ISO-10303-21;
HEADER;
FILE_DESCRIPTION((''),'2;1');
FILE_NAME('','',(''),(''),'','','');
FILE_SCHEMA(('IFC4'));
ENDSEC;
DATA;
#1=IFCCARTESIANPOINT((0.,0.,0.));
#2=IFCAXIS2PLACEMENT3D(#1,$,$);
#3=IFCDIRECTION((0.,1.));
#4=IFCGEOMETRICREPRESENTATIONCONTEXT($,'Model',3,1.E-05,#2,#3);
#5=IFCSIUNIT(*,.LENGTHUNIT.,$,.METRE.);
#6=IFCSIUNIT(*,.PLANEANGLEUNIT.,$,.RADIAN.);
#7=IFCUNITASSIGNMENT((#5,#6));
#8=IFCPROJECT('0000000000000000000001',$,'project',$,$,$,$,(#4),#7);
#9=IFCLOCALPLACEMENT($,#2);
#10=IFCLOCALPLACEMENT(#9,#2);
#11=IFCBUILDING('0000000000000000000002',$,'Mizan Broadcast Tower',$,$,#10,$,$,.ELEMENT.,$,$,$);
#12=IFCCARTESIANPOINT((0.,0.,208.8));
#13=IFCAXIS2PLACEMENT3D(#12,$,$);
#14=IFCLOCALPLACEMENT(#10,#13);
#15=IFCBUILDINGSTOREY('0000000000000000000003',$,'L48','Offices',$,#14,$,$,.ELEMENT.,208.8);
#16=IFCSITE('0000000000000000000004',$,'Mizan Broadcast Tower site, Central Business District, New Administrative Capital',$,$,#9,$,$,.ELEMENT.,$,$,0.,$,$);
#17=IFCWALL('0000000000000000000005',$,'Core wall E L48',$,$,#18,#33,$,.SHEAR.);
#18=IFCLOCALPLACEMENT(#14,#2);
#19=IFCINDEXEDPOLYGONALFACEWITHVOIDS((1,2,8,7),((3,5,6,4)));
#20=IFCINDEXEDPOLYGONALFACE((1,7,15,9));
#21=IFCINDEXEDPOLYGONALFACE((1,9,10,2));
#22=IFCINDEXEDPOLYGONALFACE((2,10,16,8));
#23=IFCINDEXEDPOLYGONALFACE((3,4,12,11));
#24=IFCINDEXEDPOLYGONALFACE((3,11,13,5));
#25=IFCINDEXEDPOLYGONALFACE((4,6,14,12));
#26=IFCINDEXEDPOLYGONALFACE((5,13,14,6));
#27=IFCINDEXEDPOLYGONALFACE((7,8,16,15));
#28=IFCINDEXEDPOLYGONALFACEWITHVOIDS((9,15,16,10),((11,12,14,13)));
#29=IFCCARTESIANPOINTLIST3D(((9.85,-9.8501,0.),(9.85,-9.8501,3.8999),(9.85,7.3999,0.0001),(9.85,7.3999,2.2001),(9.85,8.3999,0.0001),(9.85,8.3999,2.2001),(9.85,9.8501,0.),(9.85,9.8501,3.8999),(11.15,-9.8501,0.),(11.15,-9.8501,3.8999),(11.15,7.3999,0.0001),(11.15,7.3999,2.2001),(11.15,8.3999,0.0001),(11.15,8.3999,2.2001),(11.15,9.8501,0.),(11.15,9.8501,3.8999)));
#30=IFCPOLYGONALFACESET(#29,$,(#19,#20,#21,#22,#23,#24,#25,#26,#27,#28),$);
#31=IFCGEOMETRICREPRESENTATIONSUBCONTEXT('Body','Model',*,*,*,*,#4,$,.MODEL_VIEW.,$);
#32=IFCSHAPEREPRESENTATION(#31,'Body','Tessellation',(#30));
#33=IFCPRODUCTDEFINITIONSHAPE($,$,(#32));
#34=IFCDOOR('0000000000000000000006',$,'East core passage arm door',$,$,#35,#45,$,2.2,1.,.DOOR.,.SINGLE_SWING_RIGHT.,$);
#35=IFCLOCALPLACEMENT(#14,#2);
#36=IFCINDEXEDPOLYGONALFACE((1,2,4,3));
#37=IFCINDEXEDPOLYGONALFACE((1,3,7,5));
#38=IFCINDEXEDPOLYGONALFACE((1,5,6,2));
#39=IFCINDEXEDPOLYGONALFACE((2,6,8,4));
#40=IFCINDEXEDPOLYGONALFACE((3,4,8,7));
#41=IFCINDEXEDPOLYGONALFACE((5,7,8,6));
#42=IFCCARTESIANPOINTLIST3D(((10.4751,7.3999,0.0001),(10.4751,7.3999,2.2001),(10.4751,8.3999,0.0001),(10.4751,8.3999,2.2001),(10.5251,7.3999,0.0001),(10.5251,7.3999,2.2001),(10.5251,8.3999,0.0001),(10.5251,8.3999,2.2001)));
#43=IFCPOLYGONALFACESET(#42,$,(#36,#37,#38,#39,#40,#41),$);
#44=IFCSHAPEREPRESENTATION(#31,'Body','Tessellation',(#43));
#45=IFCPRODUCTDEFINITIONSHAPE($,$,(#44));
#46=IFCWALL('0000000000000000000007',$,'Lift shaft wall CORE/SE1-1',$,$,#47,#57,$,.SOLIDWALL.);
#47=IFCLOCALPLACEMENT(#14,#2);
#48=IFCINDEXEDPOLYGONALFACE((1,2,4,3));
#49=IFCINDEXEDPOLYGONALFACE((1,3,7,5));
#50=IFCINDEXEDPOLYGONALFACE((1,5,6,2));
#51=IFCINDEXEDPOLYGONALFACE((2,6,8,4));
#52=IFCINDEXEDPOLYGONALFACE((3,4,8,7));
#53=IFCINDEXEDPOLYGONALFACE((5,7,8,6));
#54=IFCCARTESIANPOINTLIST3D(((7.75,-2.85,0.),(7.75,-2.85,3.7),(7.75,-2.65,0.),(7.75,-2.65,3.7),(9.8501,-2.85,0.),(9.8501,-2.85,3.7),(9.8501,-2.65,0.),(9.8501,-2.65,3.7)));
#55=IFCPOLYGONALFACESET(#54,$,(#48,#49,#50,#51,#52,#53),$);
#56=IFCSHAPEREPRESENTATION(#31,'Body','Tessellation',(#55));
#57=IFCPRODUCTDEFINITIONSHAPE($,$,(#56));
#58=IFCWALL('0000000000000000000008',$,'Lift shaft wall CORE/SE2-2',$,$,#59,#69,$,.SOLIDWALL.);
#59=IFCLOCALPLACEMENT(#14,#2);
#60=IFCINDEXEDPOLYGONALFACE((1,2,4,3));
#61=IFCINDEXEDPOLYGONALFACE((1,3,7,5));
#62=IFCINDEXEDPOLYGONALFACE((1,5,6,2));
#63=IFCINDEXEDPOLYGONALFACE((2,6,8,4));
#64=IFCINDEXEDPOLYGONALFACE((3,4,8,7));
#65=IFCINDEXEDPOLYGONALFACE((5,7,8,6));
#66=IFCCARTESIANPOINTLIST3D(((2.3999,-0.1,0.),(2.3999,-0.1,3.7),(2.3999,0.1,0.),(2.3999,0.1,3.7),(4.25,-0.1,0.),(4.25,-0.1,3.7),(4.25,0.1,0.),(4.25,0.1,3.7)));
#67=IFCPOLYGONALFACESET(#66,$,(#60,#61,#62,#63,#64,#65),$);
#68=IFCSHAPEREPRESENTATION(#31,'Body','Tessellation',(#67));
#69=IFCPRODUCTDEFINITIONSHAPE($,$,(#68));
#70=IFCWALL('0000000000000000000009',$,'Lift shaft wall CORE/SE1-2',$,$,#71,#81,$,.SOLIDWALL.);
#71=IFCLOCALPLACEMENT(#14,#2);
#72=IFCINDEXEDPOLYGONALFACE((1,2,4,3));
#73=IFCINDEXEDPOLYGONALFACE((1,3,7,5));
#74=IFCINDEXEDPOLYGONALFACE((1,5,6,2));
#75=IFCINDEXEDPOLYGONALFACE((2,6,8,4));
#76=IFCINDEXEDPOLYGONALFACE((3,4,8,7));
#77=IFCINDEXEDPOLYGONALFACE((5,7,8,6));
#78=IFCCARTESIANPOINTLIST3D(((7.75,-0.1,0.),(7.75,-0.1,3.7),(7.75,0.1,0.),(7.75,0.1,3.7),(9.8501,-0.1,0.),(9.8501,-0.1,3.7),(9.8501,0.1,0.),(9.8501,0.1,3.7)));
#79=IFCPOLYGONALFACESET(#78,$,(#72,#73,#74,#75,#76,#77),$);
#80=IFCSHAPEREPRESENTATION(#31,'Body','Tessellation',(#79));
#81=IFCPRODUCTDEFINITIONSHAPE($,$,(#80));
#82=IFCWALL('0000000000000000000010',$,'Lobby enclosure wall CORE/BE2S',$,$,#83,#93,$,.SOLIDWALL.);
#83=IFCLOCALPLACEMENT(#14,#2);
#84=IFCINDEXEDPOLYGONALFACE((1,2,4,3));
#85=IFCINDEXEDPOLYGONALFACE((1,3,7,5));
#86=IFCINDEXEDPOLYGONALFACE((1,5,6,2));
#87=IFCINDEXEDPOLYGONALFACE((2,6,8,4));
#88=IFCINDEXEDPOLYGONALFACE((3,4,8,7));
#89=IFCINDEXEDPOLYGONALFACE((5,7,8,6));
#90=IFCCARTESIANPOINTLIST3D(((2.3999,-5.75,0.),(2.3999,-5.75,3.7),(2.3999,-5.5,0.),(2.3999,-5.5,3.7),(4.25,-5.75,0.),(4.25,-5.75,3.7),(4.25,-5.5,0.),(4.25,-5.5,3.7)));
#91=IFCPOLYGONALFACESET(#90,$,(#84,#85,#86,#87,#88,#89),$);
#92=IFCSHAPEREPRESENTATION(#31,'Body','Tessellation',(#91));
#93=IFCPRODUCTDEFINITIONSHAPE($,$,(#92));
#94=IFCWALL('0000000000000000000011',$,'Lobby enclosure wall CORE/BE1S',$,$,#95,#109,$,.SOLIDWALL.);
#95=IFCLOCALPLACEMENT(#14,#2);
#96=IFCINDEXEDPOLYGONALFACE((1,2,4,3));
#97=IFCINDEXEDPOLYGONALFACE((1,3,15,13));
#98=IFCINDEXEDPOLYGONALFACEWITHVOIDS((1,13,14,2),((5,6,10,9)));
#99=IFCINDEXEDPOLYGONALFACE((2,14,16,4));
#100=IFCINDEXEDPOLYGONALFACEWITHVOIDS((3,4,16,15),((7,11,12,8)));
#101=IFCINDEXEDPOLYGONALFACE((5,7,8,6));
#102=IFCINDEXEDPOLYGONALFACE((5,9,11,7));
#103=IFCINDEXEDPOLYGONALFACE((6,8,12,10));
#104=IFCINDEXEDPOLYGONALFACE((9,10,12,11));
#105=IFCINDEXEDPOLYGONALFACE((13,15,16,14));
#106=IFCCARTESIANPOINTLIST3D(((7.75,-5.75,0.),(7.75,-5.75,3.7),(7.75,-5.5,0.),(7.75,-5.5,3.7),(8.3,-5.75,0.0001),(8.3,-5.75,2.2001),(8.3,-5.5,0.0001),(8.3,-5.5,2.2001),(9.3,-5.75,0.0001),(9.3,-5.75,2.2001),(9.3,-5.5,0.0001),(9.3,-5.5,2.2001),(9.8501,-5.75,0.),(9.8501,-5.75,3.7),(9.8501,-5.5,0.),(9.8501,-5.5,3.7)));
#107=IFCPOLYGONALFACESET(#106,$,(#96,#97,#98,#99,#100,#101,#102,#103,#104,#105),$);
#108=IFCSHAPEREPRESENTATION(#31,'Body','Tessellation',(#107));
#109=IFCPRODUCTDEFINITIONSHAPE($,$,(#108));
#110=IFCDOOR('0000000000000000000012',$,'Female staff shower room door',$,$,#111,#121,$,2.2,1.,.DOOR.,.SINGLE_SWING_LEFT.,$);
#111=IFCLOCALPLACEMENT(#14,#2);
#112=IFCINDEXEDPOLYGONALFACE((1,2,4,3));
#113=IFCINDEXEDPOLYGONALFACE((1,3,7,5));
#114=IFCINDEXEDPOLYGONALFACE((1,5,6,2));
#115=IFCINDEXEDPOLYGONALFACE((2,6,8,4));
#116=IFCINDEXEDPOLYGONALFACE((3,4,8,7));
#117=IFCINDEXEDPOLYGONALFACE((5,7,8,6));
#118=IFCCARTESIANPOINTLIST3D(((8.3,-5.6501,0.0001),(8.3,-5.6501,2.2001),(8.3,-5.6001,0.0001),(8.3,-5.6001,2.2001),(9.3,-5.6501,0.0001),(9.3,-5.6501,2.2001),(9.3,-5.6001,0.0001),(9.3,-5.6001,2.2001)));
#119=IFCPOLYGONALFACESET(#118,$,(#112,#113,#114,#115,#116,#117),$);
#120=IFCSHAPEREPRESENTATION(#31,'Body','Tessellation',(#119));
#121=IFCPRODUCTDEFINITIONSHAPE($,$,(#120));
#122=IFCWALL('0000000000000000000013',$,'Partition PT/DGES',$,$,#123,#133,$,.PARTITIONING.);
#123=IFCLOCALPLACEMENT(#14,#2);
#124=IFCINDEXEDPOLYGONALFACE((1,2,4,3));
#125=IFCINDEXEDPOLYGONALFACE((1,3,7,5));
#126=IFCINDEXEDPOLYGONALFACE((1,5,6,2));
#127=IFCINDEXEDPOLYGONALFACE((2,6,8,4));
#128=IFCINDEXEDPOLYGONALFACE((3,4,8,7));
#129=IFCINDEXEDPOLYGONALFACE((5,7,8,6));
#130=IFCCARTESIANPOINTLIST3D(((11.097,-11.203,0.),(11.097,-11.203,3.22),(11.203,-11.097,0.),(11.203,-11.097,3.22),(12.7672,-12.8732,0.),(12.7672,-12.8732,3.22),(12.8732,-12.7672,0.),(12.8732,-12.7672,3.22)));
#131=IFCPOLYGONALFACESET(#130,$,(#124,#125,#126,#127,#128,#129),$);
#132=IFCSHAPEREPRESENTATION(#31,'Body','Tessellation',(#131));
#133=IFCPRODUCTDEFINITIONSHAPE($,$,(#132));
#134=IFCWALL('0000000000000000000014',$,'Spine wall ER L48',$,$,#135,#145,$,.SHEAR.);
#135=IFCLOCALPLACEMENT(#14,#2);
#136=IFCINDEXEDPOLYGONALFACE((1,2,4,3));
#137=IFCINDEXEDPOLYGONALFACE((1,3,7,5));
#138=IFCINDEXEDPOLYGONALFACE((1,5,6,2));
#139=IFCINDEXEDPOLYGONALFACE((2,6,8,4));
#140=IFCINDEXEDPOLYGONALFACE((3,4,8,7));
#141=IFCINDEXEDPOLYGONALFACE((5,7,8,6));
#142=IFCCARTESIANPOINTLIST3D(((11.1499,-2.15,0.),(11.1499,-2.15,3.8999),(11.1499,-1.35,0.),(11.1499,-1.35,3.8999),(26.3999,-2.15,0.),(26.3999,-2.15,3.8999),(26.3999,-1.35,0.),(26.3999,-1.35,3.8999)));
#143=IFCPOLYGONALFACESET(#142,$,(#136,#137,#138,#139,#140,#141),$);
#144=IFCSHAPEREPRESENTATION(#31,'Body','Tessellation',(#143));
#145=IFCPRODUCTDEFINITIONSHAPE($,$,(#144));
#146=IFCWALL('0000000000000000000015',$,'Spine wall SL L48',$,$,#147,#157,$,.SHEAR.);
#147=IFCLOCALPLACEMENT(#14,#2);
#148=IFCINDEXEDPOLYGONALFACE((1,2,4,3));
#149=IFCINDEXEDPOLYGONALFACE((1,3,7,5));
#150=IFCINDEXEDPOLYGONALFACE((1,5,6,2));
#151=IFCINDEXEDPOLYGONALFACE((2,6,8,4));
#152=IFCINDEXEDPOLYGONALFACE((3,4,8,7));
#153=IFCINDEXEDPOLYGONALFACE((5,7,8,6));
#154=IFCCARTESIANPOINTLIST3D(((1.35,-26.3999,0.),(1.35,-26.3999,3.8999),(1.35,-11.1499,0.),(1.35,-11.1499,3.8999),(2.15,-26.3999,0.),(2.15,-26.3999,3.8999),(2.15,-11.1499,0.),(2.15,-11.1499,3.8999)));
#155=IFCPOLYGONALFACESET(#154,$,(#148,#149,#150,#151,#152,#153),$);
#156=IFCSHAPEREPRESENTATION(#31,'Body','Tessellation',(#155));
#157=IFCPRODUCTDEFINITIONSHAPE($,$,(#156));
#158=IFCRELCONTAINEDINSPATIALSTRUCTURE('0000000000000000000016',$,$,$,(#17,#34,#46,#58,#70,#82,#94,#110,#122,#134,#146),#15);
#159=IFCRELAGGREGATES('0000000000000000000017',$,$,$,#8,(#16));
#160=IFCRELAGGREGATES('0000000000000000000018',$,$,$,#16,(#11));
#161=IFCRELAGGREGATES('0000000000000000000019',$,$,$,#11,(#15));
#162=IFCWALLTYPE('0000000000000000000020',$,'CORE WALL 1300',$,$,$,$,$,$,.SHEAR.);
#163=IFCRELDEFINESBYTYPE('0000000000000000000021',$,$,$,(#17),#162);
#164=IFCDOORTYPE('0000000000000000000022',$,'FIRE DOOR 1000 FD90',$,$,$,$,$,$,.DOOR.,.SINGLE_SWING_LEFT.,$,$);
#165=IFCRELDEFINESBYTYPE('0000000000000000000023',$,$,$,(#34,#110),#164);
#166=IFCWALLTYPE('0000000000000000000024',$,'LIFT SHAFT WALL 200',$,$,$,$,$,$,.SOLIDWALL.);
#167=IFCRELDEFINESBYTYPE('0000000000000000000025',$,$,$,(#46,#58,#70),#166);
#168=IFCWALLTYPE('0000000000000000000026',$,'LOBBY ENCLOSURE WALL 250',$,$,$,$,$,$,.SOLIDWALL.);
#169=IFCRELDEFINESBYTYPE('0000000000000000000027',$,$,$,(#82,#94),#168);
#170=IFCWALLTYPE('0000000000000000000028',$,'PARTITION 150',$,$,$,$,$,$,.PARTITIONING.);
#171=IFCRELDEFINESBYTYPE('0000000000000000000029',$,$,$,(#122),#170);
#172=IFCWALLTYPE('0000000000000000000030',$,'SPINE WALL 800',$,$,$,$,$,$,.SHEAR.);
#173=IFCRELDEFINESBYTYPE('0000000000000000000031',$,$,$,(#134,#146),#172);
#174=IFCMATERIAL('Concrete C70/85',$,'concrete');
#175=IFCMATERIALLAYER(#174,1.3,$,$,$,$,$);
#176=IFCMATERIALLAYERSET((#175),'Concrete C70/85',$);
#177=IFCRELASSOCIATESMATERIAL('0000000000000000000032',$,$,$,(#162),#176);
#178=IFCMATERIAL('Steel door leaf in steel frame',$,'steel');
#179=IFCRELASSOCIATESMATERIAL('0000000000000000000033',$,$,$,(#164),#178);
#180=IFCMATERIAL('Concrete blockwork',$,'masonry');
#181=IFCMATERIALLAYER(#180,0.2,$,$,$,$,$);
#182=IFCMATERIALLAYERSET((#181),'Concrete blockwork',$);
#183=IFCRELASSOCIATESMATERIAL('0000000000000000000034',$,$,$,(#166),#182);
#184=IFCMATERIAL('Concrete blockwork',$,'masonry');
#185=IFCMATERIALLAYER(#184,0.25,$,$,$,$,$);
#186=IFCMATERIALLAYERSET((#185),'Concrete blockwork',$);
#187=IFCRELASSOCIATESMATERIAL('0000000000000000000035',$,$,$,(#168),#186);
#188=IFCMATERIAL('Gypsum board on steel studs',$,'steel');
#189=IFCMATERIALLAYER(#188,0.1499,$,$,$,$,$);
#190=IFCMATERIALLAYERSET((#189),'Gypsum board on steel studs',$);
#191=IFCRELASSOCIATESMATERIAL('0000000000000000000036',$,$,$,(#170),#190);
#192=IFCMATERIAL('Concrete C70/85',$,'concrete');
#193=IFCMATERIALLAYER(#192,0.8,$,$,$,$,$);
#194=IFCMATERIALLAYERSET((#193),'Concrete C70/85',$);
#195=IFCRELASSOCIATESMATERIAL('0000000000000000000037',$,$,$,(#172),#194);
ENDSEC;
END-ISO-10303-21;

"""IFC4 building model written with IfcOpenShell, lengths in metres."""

from ifc_helpers import new_model, si_unit, direction, frame, frame_2d, origin, place, context, subcontext, project, spatial, rectangle, extrude, material, layer, layer_set, type_object, element, fill, save


model = new_model("IFC4")

# Units and contexts
model_context = context("Model", 3, precision=1e-05, world=origin(), true_north=direction((0.0, 1.0)))
body_context = subcontext(model_context, "Body", "Model", "MODEL_VIEW")
ifc_project = project(units=[si_unit("LENGTHUNIT", "METRE"), si_unit("PLANEANGLEUNIT", "RADIAN")], contexts=[model_context])

# Site, building, storey
site_placement = place(None, origin())
site = spatial("IfcSite", under=ifc_project, at=site_placement, Name="Mizan Broadcast Tower site, Central Business District, New Administrative Capital", CompositionType="ELEMENT", RefElevation=0.0)
building_placement = place(site_placement, origin())
building = spatial("IfcBuilding", under=site, at=building_placement, Name="Mizan Broadcast Tower", CompositionType="ELEMENT")
storey_placement = place(building_placement, frame((0.0, 0.0, 208.8)))
storey = spatial("IfcBuildingStorey", under=building, at=storey_placement, Name="L48", Description="Offices", CompositionType="ELEMENT", Elevation=208.8)

# Shared definitions
ifc_material_1 = material(Name="Concrete C70/85", Category="concrete")
ifc_layer_1 = layer(ifc_material_1, 1.3)
ifc_layer_set_1 = layer_set([ifc_layer_1], Name="Concrete C70/85")
wall_type_1 = type_object("IfcWallType", Name="CORE WALL 1300", PredefinedType="SHEAR", material=ifc_layer_set_1)

# Wall, opening, door
wall_1_placement = place(storey_placement, frame((10.5, -9.8501, 0.0), z_axis=(0.0, 0.0, 1.0), x_axis=(0.0, 1.0, 0.0)))
wall_1 = element("IfcWall", 1, at=wall_1_placement, inside=storey, type_object=wall_type_1, Name="Core wall E L48", PredefinedType="SHEAR", context=body_context, shape_type="SweptSolid", body=[
    extrude(rectangle(XDim=19.7002, YDim=1.3, at=frame_2d((9.8501, 0.0))), origin(), (0.0, 0.0, 1.0), 3.8999),
])
opening_1_placement = place(wall_1_placement, frame((17.25, 0.0, 0.0)))
opening_1 = element("IfcOpeningElement", 2, at=opening_1_placement, cuts=wall_1, PredefinedType="OPENING", context=body_context, shape_type="SweptSolid", body=[
    extrude(rectangle(XDim=1.0, YDim=2.2, at=frame_2d((0.5, 1.1001))), frame((0.0, 0.6599, 0.0), z_axis=(0.0, -1.0, 0.0), x_axis=(1.0, 0.0, 0.0)), (0.0, 0.0, 1.0), 1.3201),
])
ifc_material_2 = material(Name="Steel door leaf in steel frame", Category="steel")
door_type_1 = type_object("IfcDoorType", Name="FIRE DOOR 1000 FD90", OperationType="SINGLE_SWING_LEFT", PredefinedType="DOOR", material=ifc_material_2)
door_1_placement = place(opening_1_placement, origin())
door_1 = element("IfcDoor", 3, at=door_1_placement, inside=storey, type_object=door_type_1, Name="East core passage arm door", OperationType="SINGLE_SWING_RIGHT", OverallHeight=2.2, OverallWidth=1.0, PredefinedType="DOOR", context=body_context, shape_type="SweptSolid", body=[
    extrude(rectangle(XDim=1.0, YDim=2.2, at=frame_2d((0.5, 1.1001))), frame((0.0, 0.0249, 0.0), z_axis=(0.0, -1.0, 0.0), x_axis=(1.0, 0.0, 0.0)), (0.0, 0.0, 1.0), 0.05),
])
fill(opening_1, door_1)

# Walls
ifc_material_3 = material(Name="Concrete blockwork", Category="masonry")
ifc_layer_2 = layer(ifc_material_3, 0.2)
ifc_layer_set_2 = layer_set([ifc_layer_2], Name="Concrete blockwork")
wall_type_2 = type_object("IfcWallType", Name="LIFT SHAFT WALL 200", PredefinedType="SOLIDWALL", material=ifc_layer_set_2)
wall_2_placement = place(storey_placement, frame((7.75, -2.75, 0.0), z_axis=(0.0, 0.0, 1.0), x_axis=(1.0, 0.0, 0.0)))
element("IfcWall", 4, at=wall_2_placement, inside=storey, type_object=wall_type_2, Name="Lift shaft wall CORE/SE1-1", PredefinedType="SOLIDWALL", context=body_context, shape_type="SweptSolid", body=[
    extrude(rectangle(XDim=2.1001, YDim=0.2, at=frame_2d((1.05, 0.0))), origin(), (0.0, 0.0, 1.0), 3.7),
])
wall_3_placement = place(storey_placement, frame((2.3999, 0.0, 0.0), z_axis=(0.0, 0.0, 1.0), x_axis=(1.0, 0.0, 0.0)))
element("IfcWall", 5, at=wall_3_placement, inside=storey, type_object=wall_type_2, Name="Lift shaft wall CORE/SE2-2", PredefinedType="SOLIDWALL", context=body_context, shape_type="SweptSolid", body=[
    extrude(rectangle(XDim=1.8501, YDim=0.2, at=frame_2d((0.925, 0.0))), origin(), (0.0, 0.0, 1.0), 3.7),
])
wall_4_placement = place(storey_placement, frame((7.75, 0.0, 0.0), z_axis=(0.0, 0.0, 1.0), x_axis=(1.0, 0.0, 0.0)))
element("IfcWall", 6, at=wall_4_placement, inside=storey, type_object=wall_type_2, Name="Lift shaft wall CORE/SE1-2", PredefinedType="SOLIDWALL", context=body_context, shape_type="SweptSolid", body=[
    extrude(rectangle(XDim=2.1001, YDim=0.2, at=frame_2d((1.05, 0.0))), origin(), (0.0, 0.0, 1.0), 3.7),
])
ifc_material_4 = material(Name="Concrete blockwork", Category="masonry")
ifc_layer_3 = layer(ifc_material_4, 0.25)
ifc_layer_set_3 = layer_set([ifc_layer_3], Name="Concrete blockwork")
wall_type_3 = type_object("IfcWallType", Name="LOBBY ENCLOSURE WALL 250", PredefinedType="SOLIDWALL", material=ifc_layer_set_3)
wall_5_placement = place(storey_placement, frame((2.3999, -5.625, 0.0), z_axis=(0.0, 0.0, 1.0), x_axis=(1.0, 0.0, 0.0)))
element("IfcWall", 7, at=wall_5_placement, inside=storey, type_object=wall_type_3, Name="Lobby enclosure wall CORE/BE2S", PredefinedType="SOLIDWALL", context=body_context, shape_type="SweptSolid", body=[
    extrude(rectangle(XDim=1.8501, YDim=0.25, at=frame_2d((0.925, 0.0))), origin(), (0.0, 0.0, 1.0), 3.7),
])

# Wall, opening, door
wall_6_placement = place(storey_placement, frame((7.75, -5.625, 0.0), z_axis=(0.0, 0.0, 1.0), x_axis=(1.0, 0.0, 0.0)))
wall_6 = element("IfcWall", 8, at=wall_6_placement, inside=storey, type_object=wall_type_3, Name="Lobby enclosure wall CORE/BE1S", PredefinedType="SOLIDWALL", context=body_context, shape_type="SweptSolid", body=[
    extrude(rectangle(XDim=2.1001, YDim=0.25, at=frame_2d((1.05, 0.0))), origin(), (0.0, 0.0, 1.0), 3.7),
])
opening_2_placement = place(wall_6_placement, frame((0.55, 0.0, 0.0)))
opening_2 = element("IfcOpeningElement", 9, at=opening_2_placement, cuts=wall_6, PredefinedType="OPENING", context=body_context, shape_type="SweptSolid", body=[
    extrude(rectangle(XDim=1.0, YDim=2.2, at=frame_2d((0.5, 1.1001))), frame((0.0, 0.135, 0.0), z_axis=(0.0, -1.0, 0.0), x_axis=(1.0, 0.0, 0.0)), (0.0, 0.0, 1.0), 0.27),
])
door_2_placement = place(opening_2_placement, origin())
door_2 = element("IfcDoor", 10, at=door_2_placement, inside=storey, type_object=door_type_1, Name="Female staff shower room door", OperationType="SINGLE_SWING_LEFT", OverallHeight=2.2, OverallWidth=1.0, PredefinedType="DOOR", context=body_context, shape_type="SweptSolid", body=[
    extrude(rectangle(XDim=1.0, YDim=2.2, at=frame_2d((0.5, 1.1001))), frame((0.0, 0.0249, 0.0), z_axis=(0.0, -1.0, 0.0), x_axis=(1.0, 0.0, 0.0)), (0.0, 0.0, 1.0), 0.05),
])
fill(opening_2, door_2)

# Walls
ifc_material_5 = material(Name="Gypsum board on steel studs", Category="steel")
ifc_layer_4 = layer(ifc_material_5, 0.1499)
ifc_layer_set_4 = layer_set([ifc_layer_4], Name="Gypsum board on steel studs")
wall_type_4 = type_object("IfcWallType", Name="PARTITION 150", PredefinedType="PARTITIONING", material=ifc_layer_set_4)
wall_7_placement = place(storey_placement, frame((11.1499, -11.1499, 0.0), z_axis=(0.0, 0.0, 1.0), x_axis=(0.707107, -0.707107, 0.0)))
element("IfcWall", 11, at=wall_7_placement, inside=storey, type_object=wall_type_4, Name="Partition PT/DGES", PredefinedType="PARTITIONING", context=body_context, shape_type="SweptSolid", body=[
    extrude(rectangle(XDim=2.3621, YDim=0.1499, at=frame_2d((1.1812, 0.0))), origin(), (0.0, 0.0, 1.0), 3.22),
])
ifc_material_6 = material(Name="Concrete C70/85", Category="concrete")
ifc_layer_5 = layer(ifc_material_6, 0.8)
ifc_layer_set_5 = layer_set([ifc_layer_5], Name="Concrete C70/85")
wall_type_5 = type_object("IfcWallType", Name="SPINE WALL 800", PredefinedType="SHEAR", material=ifc_layer_set_5)
for number, where, z_axis, x_axis, name in (
    (12, (11.1499, -1.75, 0.0), (0.0, 0.0, 1.0), (1.0, 0.0, 0.0), "Spine wall ER L48"),
    (13, (1.75, -11.1499, 0.0), (0.0, 0.0, 1.0), (0.0, -1.0, 0.0), "Spine wall SL L48"),
):
    element("IfcWall", number, at=place(storey_placement, frame(where, z_axis=z_axis, x_axis=x_axis)), inside=storey, type_object=wall_type_5, Name=name, PredefinedType="SHEAR", context=body_context, shape_type="SweptSolid", body=[
        extrude(rectangle(XDim=15.25, YDim=0.8, at=frame_2d((7.625, 0.0))), origin(), (0.0, 0.0, 1.0), 3.8999),
    ])

save(model, "model.ifc")
